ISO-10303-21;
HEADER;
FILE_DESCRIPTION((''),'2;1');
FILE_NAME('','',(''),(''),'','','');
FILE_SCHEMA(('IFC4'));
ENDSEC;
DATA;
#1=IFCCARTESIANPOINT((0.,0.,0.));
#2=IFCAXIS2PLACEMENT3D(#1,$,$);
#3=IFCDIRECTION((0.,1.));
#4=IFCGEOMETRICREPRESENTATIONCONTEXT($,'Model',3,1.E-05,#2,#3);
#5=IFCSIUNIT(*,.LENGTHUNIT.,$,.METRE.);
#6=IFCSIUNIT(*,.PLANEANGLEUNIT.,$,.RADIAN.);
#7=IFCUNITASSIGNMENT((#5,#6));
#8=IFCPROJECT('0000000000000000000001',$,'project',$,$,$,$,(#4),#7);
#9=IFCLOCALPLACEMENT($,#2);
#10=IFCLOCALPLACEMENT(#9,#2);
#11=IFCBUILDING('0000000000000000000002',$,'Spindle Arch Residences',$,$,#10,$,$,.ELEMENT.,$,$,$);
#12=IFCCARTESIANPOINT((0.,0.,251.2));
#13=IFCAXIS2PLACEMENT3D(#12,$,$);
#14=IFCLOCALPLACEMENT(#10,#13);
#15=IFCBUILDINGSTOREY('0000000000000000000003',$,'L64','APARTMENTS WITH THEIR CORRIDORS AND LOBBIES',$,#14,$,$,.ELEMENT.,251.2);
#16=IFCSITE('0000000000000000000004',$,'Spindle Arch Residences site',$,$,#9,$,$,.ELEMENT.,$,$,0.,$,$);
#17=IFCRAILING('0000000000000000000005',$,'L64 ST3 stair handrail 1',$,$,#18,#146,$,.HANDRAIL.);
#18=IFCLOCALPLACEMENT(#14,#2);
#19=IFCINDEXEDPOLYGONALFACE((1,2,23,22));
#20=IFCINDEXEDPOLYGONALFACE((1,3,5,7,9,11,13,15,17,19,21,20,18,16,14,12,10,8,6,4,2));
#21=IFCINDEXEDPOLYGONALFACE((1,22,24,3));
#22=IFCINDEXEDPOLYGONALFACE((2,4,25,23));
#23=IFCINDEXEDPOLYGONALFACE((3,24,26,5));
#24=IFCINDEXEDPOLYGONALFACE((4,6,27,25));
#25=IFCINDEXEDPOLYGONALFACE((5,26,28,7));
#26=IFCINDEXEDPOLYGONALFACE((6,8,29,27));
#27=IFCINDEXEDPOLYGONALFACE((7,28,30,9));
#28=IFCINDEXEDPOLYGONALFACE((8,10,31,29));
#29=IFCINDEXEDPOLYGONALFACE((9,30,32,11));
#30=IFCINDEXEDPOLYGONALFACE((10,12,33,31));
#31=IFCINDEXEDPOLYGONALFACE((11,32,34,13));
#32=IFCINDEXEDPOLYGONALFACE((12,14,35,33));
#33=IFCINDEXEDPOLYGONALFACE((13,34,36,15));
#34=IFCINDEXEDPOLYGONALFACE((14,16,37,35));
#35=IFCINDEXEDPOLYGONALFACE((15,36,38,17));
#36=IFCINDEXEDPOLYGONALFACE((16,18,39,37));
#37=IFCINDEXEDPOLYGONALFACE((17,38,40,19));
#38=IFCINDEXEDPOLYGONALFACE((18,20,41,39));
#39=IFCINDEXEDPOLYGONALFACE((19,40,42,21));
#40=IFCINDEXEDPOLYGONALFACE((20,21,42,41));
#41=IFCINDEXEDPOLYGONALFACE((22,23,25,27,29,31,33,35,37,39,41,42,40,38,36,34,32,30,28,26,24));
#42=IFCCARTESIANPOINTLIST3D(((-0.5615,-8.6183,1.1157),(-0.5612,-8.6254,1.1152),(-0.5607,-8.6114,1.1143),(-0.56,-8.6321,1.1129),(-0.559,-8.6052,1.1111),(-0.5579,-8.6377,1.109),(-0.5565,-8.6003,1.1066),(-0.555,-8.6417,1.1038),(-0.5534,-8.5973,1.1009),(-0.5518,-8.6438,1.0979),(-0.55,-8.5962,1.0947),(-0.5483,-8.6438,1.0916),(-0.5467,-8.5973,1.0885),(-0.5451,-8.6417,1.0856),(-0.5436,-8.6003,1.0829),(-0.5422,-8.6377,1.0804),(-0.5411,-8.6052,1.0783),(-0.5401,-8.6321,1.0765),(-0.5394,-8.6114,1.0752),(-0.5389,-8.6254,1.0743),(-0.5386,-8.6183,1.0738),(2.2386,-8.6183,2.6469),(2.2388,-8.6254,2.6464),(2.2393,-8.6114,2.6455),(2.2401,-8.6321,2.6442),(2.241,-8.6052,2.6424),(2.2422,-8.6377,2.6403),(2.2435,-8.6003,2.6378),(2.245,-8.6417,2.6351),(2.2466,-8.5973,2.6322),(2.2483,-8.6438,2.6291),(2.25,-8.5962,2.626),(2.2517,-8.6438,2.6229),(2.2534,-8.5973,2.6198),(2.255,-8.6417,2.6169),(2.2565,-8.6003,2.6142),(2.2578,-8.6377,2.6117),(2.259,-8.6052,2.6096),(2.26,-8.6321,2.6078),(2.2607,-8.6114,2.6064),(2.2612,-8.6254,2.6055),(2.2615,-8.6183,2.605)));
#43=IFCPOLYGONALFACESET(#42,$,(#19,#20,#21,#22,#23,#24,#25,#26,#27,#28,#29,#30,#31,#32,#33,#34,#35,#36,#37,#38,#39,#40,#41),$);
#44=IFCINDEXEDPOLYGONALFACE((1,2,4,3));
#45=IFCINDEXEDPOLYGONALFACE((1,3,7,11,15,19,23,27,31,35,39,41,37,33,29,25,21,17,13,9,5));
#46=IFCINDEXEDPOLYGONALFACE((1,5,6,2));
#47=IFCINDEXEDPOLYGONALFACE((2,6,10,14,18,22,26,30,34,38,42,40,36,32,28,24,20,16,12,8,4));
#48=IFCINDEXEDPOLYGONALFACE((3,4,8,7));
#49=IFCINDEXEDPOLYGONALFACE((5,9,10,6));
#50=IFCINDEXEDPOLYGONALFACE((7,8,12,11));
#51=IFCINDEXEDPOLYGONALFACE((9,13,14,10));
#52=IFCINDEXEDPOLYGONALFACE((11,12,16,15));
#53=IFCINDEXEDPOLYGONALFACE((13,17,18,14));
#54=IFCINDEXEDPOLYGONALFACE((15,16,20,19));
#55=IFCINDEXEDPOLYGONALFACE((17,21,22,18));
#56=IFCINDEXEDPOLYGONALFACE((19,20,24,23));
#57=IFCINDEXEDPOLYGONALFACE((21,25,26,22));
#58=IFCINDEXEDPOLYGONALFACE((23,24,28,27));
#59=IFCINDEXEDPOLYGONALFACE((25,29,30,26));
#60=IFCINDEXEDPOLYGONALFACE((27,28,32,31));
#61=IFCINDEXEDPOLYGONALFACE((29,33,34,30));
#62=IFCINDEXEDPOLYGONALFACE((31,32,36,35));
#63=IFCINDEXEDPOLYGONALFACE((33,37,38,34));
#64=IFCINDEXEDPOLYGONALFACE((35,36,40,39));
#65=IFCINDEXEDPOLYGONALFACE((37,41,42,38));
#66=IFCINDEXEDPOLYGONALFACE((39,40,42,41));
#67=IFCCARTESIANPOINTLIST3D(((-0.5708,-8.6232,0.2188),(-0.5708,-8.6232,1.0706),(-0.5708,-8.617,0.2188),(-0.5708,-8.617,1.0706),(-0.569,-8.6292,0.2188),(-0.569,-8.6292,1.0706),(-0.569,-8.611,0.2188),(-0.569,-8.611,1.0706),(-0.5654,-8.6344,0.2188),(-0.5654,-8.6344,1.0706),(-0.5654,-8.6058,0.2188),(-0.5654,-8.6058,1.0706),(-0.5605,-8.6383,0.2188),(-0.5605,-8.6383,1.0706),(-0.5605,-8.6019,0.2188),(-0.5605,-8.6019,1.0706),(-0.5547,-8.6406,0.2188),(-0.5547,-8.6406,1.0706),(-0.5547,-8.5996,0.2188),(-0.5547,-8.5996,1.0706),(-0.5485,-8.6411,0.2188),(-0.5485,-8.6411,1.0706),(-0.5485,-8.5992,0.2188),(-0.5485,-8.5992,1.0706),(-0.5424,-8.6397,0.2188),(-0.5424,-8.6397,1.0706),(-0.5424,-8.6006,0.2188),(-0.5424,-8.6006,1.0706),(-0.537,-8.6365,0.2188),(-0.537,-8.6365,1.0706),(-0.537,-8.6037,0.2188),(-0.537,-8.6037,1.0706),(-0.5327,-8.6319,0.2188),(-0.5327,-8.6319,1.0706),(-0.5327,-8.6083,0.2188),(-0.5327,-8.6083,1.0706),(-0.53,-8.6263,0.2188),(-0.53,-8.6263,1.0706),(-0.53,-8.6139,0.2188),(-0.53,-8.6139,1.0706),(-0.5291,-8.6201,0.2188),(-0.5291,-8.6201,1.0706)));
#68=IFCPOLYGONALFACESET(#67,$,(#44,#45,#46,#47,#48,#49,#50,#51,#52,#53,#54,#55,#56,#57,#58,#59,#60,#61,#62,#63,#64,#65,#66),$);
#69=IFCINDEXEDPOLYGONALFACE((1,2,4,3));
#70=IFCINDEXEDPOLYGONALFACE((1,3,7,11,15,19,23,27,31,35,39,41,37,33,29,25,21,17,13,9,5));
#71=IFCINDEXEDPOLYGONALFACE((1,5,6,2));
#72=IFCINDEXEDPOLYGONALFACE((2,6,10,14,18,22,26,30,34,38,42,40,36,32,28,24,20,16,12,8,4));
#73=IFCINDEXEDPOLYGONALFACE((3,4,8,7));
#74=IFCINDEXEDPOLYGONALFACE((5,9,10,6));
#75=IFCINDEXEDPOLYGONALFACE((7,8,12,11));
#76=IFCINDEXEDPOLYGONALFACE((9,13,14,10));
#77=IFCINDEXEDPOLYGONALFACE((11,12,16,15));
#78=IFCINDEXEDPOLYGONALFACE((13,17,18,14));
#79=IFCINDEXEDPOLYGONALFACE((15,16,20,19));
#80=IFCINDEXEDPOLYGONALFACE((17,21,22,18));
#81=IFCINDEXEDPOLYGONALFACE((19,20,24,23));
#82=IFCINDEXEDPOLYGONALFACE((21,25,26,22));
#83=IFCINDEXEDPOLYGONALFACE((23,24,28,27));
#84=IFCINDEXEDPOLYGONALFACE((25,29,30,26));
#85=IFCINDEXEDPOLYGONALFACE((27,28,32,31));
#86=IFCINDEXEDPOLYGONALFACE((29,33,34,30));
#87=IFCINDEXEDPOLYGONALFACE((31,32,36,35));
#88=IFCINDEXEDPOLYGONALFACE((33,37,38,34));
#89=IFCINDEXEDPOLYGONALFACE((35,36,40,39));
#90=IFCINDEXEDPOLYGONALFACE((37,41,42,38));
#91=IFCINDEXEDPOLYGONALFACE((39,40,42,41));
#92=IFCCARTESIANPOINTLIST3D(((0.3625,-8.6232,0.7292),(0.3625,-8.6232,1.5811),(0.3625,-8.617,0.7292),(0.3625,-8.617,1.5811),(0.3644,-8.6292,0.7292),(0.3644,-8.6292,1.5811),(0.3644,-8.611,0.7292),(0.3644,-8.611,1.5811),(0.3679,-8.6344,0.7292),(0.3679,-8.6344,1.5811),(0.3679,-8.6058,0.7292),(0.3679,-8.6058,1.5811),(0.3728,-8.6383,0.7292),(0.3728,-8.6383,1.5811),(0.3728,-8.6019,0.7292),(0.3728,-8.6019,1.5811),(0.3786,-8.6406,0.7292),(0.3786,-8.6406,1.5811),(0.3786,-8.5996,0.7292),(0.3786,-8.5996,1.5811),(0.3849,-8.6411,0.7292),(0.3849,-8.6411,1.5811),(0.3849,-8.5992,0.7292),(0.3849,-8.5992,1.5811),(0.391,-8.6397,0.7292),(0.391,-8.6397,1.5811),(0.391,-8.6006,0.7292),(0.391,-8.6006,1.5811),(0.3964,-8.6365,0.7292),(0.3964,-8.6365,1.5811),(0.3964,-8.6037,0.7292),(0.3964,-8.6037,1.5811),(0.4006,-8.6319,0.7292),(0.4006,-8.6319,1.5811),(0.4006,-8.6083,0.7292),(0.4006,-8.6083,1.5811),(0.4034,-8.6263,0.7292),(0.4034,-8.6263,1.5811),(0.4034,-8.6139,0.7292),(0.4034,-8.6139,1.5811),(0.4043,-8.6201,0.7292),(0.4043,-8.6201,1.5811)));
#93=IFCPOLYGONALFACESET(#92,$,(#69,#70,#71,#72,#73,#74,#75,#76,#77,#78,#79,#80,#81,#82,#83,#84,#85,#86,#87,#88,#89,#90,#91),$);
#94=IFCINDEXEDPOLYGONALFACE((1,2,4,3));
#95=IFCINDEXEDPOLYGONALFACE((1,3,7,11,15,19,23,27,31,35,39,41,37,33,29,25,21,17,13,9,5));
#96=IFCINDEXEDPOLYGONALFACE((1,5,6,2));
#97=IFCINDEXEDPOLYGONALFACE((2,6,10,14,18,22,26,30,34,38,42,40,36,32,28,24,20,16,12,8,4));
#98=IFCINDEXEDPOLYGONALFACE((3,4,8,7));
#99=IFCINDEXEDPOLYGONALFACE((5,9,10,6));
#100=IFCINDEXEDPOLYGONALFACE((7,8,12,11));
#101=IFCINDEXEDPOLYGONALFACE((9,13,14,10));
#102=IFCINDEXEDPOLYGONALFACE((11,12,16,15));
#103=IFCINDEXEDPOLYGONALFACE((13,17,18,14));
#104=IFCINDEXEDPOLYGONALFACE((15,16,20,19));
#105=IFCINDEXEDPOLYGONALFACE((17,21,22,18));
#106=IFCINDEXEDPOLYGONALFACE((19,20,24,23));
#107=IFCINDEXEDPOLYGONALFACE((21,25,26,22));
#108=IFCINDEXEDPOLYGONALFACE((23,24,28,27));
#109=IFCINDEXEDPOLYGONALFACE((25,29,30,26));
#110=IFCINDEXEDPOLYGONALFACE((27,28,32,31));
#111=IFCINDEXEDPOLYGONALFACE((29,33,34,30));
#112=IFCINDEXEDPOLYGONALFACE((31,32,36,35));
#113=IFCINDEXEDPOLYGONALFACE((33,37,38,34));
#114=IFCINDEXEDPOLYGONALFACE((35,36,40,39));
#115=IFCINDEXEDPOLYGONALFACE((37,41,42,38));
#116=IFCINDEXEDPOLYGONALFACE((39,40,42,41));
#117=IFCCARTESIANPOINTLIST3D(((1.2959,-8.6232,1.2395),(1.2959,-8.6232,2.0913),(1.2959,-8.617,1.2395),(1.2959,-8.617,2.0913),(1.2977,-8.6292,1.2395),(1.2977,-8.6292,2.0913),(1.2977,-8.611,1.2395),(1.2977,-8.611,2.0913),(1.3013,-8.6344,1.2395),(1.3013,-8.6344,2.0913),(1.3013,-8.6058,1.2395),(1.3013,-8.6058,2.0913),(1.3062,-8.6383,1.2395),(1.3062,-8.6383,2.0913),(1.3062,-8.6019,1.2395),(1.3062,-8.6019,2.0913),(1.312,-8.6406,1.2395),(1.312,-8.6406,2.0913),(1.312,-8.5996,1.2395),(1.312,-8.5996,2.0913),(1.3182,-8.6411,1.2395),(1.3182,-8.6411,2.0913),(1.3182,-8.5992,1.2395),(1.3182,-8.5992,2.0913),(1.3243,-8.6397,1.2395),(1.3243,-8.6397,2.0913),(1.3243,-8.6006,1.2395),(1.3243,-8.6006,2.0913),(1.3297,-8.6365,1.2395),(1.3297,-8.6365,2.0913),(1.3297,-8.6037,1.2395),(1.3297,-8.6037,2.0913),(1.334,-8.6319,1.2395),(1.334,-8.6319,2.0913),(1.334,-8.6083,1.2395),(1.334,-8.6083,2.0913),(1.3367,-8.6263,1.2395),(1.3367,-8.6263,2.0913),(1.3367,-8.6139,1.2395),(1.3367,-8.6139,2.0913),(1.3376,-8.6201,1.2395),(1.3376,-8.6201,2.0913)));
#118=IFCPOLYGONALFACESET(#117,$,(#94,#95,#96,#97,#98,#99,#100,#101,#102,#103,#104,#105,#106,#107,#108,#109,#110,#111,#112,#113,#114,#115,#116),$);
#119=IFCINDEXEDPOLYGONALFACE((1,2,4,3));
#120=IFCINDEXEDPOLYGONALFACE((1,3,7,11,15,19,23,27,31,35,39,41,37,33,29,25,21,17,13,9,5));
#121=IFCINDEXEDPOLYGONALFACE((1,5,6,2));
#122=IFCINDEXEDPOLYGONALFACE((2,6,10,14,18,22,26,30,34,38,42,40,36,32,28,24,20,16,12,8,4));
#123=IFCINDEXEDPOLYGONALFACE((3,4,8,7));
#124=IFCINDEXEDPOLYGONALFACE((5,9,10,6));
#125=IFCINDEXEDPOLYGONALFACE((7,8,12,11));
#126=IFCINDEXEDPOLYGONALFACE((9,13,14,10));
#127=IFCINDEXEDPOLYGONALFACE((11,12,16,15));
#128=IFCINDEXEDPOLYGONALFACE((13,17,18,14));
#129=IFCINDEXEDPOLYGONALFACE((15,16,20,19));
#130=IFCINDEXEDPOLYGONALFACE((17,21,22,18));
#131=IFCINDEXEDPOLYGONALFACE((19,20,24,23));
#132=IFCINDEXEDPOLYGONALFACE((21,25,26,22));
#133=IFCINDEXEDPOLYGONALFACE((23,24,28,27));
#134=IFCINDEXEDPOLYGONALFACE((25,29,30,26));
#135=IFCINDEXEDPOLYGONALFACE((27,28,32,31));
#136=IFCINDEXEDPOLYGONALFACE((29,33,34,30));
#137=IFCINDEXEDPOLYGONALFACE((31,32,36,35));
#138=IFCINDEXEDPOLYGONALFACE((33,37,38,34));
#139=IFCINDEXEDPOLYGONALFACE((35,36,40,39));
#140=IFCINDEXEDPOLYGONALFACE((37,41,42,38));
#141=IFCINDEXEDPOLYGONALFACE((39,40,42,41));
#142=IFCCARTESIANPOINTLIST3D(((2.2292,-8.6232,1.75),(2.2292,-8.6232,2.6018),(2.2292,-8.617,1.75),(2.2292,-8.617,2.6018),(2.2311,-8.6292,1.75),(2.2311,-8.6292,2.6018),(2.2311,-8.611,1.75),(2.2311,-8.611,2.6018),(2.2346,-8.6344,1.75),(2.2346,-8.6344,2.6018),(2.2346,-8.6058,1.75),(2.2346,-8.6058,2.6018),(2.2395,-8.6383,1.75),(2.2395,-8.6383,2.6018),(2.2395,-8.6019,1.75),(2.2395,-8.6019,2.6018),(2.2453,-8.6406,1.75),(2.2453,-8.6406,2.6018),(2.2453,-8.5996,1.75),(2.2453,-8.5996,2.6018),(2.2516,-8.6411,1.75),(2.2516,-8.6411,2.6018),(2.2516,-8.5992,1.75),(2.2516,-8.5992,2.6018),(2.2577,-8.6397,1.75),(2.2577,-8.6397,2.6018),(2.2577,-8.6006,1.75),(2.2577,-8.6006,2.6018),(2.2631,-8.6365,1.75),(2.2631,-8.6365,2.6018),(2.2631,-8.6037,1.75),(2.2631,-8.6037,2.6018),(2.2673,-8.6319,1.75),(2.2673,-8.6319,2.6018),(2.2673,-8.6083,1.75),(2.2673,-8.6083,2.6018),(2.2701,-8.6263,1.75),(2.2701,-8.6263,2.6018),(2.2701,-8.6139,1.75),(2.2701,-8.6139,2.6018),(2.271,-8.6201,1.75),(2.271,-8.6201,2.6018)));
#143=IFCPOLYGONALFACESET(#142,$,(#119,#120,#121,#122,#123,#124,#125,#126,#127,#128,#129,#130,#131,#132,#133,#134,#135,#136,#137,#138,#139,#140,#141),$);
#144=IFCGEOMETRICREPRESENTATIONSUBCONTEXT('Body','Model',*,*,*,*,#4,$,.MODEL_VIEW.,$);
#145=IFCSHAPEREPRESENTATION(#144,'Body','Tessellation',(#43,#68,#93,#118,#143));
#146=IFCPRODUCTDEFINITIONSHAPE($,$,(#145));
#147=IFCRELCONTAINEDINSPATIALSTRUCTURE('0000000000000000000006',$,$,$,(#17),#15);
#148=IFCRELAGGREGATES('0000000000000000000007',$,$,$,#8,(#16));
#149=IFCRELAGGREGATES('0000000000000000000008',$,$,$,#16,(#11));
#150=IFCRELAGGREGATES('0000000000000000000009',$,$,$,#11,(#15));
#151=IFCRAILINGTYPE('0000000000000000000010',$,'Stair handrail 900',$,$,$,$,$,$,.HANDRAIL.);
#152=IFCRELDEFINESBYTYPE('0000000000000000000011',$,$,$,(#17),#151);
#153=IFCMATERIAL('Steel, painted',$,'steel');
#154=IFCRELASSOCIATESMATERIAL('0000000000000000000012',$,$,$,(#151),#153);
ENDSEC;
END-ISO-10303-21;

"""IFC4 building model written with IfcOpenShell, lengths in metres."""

from ifc_helpers import new_model, si_unit, direction, frame, origin, origin_2d, place, context, subcontext, project, spatial, circle, extrude, material, type_object, element, save


model = new_model("IFC4")

# Units and contexts
model_context = context("Model", 3, precision=1e-05, world=origin(), true_north=direction((0.0, 1.0)))
body_context = subcontext(model_context, "Body", "Model", "MODEL_VIEW")
ifc_project = project(units=[si_unit("LENGTHUNIT", "METRE"), si_unit("PLANEANGLEUNIT", "RADIAN")], contexts=[model_context])

# Site, building, storey
site_placement = place(None, origin())
site = spatial("IfcSite", under=ifc_project, at=site_placement, Name="Spindle Arch Residences site", CompositionType="ELEMENT", RefElevation=0.0)
building_placement = place(site_placement, origin())
building = spatial("IfcBuilding", under=site, at=building_placement, Name="Spindle Arch Residences", CompositionType="ELEMENT")
storey_placement = place(building_placement, frame((0.0, 0.0, 251.2)))
storey = spatial("IfcBuildingStorey", under=building, at=storey_placement, Name="L64", Description="APARTMENTS WITH THEIR CORRIDORS AND LOBBIES", CompositionType="ELEMENT", Elevation=251.2)

# Railing
ifc_material_1 = material(Name="Steel, painted", Category="steel")
railing_type_1 = type_object("IfcRailingType", Name="Stair handrail 900", PredefinedType="HANDRAIL", material=ifc_material_1)
railing_1_placement = place(storey_placement, frame((-0.55, -8.6201, 0.2188)))
element("IfcRailing", 1, at=railing_1_placement, inside=storey, type_object=railing_type_1, Name="L64 ST3 stair handrail 1", PredefinedType="HANDRAIL", context=body_context, shape_type="SweptSolid", body=[
    extrude(circle(Radius=0.0239, at=origin_2d()), frame((0.0, 0.0, 0.876), z_axis=(0.877375, 0.0, 0.479806), x_axis=(0.0, 1.0, 0.0)), (0.0, 0.0, 1.0), 3.1914),
    extrude(circle(Radius=0.021, at=origin_2d()), origin(), (0.0, 0.0, 1.0), 0.8518),
    extrude(circle(Radius=0.021, at=origin_2d()), frame((0.9333, 0.0, 0.5105)), (0.0, 0.0, 1.0), 0.8518),
    extrude(circle(Radius=0.021, at=origin_2d()), frame((1.8667, 0.0, 1.0208)), (0.0, 0.0, 1.0), 0.8518),
    extrude(circle(Radius=0.021, at=origin_2d()), frame((2.8, 0.0, 1.5312)), (0.0, 0.0, 1.0), 0.8518),
])

save(model, "model.ifc")
